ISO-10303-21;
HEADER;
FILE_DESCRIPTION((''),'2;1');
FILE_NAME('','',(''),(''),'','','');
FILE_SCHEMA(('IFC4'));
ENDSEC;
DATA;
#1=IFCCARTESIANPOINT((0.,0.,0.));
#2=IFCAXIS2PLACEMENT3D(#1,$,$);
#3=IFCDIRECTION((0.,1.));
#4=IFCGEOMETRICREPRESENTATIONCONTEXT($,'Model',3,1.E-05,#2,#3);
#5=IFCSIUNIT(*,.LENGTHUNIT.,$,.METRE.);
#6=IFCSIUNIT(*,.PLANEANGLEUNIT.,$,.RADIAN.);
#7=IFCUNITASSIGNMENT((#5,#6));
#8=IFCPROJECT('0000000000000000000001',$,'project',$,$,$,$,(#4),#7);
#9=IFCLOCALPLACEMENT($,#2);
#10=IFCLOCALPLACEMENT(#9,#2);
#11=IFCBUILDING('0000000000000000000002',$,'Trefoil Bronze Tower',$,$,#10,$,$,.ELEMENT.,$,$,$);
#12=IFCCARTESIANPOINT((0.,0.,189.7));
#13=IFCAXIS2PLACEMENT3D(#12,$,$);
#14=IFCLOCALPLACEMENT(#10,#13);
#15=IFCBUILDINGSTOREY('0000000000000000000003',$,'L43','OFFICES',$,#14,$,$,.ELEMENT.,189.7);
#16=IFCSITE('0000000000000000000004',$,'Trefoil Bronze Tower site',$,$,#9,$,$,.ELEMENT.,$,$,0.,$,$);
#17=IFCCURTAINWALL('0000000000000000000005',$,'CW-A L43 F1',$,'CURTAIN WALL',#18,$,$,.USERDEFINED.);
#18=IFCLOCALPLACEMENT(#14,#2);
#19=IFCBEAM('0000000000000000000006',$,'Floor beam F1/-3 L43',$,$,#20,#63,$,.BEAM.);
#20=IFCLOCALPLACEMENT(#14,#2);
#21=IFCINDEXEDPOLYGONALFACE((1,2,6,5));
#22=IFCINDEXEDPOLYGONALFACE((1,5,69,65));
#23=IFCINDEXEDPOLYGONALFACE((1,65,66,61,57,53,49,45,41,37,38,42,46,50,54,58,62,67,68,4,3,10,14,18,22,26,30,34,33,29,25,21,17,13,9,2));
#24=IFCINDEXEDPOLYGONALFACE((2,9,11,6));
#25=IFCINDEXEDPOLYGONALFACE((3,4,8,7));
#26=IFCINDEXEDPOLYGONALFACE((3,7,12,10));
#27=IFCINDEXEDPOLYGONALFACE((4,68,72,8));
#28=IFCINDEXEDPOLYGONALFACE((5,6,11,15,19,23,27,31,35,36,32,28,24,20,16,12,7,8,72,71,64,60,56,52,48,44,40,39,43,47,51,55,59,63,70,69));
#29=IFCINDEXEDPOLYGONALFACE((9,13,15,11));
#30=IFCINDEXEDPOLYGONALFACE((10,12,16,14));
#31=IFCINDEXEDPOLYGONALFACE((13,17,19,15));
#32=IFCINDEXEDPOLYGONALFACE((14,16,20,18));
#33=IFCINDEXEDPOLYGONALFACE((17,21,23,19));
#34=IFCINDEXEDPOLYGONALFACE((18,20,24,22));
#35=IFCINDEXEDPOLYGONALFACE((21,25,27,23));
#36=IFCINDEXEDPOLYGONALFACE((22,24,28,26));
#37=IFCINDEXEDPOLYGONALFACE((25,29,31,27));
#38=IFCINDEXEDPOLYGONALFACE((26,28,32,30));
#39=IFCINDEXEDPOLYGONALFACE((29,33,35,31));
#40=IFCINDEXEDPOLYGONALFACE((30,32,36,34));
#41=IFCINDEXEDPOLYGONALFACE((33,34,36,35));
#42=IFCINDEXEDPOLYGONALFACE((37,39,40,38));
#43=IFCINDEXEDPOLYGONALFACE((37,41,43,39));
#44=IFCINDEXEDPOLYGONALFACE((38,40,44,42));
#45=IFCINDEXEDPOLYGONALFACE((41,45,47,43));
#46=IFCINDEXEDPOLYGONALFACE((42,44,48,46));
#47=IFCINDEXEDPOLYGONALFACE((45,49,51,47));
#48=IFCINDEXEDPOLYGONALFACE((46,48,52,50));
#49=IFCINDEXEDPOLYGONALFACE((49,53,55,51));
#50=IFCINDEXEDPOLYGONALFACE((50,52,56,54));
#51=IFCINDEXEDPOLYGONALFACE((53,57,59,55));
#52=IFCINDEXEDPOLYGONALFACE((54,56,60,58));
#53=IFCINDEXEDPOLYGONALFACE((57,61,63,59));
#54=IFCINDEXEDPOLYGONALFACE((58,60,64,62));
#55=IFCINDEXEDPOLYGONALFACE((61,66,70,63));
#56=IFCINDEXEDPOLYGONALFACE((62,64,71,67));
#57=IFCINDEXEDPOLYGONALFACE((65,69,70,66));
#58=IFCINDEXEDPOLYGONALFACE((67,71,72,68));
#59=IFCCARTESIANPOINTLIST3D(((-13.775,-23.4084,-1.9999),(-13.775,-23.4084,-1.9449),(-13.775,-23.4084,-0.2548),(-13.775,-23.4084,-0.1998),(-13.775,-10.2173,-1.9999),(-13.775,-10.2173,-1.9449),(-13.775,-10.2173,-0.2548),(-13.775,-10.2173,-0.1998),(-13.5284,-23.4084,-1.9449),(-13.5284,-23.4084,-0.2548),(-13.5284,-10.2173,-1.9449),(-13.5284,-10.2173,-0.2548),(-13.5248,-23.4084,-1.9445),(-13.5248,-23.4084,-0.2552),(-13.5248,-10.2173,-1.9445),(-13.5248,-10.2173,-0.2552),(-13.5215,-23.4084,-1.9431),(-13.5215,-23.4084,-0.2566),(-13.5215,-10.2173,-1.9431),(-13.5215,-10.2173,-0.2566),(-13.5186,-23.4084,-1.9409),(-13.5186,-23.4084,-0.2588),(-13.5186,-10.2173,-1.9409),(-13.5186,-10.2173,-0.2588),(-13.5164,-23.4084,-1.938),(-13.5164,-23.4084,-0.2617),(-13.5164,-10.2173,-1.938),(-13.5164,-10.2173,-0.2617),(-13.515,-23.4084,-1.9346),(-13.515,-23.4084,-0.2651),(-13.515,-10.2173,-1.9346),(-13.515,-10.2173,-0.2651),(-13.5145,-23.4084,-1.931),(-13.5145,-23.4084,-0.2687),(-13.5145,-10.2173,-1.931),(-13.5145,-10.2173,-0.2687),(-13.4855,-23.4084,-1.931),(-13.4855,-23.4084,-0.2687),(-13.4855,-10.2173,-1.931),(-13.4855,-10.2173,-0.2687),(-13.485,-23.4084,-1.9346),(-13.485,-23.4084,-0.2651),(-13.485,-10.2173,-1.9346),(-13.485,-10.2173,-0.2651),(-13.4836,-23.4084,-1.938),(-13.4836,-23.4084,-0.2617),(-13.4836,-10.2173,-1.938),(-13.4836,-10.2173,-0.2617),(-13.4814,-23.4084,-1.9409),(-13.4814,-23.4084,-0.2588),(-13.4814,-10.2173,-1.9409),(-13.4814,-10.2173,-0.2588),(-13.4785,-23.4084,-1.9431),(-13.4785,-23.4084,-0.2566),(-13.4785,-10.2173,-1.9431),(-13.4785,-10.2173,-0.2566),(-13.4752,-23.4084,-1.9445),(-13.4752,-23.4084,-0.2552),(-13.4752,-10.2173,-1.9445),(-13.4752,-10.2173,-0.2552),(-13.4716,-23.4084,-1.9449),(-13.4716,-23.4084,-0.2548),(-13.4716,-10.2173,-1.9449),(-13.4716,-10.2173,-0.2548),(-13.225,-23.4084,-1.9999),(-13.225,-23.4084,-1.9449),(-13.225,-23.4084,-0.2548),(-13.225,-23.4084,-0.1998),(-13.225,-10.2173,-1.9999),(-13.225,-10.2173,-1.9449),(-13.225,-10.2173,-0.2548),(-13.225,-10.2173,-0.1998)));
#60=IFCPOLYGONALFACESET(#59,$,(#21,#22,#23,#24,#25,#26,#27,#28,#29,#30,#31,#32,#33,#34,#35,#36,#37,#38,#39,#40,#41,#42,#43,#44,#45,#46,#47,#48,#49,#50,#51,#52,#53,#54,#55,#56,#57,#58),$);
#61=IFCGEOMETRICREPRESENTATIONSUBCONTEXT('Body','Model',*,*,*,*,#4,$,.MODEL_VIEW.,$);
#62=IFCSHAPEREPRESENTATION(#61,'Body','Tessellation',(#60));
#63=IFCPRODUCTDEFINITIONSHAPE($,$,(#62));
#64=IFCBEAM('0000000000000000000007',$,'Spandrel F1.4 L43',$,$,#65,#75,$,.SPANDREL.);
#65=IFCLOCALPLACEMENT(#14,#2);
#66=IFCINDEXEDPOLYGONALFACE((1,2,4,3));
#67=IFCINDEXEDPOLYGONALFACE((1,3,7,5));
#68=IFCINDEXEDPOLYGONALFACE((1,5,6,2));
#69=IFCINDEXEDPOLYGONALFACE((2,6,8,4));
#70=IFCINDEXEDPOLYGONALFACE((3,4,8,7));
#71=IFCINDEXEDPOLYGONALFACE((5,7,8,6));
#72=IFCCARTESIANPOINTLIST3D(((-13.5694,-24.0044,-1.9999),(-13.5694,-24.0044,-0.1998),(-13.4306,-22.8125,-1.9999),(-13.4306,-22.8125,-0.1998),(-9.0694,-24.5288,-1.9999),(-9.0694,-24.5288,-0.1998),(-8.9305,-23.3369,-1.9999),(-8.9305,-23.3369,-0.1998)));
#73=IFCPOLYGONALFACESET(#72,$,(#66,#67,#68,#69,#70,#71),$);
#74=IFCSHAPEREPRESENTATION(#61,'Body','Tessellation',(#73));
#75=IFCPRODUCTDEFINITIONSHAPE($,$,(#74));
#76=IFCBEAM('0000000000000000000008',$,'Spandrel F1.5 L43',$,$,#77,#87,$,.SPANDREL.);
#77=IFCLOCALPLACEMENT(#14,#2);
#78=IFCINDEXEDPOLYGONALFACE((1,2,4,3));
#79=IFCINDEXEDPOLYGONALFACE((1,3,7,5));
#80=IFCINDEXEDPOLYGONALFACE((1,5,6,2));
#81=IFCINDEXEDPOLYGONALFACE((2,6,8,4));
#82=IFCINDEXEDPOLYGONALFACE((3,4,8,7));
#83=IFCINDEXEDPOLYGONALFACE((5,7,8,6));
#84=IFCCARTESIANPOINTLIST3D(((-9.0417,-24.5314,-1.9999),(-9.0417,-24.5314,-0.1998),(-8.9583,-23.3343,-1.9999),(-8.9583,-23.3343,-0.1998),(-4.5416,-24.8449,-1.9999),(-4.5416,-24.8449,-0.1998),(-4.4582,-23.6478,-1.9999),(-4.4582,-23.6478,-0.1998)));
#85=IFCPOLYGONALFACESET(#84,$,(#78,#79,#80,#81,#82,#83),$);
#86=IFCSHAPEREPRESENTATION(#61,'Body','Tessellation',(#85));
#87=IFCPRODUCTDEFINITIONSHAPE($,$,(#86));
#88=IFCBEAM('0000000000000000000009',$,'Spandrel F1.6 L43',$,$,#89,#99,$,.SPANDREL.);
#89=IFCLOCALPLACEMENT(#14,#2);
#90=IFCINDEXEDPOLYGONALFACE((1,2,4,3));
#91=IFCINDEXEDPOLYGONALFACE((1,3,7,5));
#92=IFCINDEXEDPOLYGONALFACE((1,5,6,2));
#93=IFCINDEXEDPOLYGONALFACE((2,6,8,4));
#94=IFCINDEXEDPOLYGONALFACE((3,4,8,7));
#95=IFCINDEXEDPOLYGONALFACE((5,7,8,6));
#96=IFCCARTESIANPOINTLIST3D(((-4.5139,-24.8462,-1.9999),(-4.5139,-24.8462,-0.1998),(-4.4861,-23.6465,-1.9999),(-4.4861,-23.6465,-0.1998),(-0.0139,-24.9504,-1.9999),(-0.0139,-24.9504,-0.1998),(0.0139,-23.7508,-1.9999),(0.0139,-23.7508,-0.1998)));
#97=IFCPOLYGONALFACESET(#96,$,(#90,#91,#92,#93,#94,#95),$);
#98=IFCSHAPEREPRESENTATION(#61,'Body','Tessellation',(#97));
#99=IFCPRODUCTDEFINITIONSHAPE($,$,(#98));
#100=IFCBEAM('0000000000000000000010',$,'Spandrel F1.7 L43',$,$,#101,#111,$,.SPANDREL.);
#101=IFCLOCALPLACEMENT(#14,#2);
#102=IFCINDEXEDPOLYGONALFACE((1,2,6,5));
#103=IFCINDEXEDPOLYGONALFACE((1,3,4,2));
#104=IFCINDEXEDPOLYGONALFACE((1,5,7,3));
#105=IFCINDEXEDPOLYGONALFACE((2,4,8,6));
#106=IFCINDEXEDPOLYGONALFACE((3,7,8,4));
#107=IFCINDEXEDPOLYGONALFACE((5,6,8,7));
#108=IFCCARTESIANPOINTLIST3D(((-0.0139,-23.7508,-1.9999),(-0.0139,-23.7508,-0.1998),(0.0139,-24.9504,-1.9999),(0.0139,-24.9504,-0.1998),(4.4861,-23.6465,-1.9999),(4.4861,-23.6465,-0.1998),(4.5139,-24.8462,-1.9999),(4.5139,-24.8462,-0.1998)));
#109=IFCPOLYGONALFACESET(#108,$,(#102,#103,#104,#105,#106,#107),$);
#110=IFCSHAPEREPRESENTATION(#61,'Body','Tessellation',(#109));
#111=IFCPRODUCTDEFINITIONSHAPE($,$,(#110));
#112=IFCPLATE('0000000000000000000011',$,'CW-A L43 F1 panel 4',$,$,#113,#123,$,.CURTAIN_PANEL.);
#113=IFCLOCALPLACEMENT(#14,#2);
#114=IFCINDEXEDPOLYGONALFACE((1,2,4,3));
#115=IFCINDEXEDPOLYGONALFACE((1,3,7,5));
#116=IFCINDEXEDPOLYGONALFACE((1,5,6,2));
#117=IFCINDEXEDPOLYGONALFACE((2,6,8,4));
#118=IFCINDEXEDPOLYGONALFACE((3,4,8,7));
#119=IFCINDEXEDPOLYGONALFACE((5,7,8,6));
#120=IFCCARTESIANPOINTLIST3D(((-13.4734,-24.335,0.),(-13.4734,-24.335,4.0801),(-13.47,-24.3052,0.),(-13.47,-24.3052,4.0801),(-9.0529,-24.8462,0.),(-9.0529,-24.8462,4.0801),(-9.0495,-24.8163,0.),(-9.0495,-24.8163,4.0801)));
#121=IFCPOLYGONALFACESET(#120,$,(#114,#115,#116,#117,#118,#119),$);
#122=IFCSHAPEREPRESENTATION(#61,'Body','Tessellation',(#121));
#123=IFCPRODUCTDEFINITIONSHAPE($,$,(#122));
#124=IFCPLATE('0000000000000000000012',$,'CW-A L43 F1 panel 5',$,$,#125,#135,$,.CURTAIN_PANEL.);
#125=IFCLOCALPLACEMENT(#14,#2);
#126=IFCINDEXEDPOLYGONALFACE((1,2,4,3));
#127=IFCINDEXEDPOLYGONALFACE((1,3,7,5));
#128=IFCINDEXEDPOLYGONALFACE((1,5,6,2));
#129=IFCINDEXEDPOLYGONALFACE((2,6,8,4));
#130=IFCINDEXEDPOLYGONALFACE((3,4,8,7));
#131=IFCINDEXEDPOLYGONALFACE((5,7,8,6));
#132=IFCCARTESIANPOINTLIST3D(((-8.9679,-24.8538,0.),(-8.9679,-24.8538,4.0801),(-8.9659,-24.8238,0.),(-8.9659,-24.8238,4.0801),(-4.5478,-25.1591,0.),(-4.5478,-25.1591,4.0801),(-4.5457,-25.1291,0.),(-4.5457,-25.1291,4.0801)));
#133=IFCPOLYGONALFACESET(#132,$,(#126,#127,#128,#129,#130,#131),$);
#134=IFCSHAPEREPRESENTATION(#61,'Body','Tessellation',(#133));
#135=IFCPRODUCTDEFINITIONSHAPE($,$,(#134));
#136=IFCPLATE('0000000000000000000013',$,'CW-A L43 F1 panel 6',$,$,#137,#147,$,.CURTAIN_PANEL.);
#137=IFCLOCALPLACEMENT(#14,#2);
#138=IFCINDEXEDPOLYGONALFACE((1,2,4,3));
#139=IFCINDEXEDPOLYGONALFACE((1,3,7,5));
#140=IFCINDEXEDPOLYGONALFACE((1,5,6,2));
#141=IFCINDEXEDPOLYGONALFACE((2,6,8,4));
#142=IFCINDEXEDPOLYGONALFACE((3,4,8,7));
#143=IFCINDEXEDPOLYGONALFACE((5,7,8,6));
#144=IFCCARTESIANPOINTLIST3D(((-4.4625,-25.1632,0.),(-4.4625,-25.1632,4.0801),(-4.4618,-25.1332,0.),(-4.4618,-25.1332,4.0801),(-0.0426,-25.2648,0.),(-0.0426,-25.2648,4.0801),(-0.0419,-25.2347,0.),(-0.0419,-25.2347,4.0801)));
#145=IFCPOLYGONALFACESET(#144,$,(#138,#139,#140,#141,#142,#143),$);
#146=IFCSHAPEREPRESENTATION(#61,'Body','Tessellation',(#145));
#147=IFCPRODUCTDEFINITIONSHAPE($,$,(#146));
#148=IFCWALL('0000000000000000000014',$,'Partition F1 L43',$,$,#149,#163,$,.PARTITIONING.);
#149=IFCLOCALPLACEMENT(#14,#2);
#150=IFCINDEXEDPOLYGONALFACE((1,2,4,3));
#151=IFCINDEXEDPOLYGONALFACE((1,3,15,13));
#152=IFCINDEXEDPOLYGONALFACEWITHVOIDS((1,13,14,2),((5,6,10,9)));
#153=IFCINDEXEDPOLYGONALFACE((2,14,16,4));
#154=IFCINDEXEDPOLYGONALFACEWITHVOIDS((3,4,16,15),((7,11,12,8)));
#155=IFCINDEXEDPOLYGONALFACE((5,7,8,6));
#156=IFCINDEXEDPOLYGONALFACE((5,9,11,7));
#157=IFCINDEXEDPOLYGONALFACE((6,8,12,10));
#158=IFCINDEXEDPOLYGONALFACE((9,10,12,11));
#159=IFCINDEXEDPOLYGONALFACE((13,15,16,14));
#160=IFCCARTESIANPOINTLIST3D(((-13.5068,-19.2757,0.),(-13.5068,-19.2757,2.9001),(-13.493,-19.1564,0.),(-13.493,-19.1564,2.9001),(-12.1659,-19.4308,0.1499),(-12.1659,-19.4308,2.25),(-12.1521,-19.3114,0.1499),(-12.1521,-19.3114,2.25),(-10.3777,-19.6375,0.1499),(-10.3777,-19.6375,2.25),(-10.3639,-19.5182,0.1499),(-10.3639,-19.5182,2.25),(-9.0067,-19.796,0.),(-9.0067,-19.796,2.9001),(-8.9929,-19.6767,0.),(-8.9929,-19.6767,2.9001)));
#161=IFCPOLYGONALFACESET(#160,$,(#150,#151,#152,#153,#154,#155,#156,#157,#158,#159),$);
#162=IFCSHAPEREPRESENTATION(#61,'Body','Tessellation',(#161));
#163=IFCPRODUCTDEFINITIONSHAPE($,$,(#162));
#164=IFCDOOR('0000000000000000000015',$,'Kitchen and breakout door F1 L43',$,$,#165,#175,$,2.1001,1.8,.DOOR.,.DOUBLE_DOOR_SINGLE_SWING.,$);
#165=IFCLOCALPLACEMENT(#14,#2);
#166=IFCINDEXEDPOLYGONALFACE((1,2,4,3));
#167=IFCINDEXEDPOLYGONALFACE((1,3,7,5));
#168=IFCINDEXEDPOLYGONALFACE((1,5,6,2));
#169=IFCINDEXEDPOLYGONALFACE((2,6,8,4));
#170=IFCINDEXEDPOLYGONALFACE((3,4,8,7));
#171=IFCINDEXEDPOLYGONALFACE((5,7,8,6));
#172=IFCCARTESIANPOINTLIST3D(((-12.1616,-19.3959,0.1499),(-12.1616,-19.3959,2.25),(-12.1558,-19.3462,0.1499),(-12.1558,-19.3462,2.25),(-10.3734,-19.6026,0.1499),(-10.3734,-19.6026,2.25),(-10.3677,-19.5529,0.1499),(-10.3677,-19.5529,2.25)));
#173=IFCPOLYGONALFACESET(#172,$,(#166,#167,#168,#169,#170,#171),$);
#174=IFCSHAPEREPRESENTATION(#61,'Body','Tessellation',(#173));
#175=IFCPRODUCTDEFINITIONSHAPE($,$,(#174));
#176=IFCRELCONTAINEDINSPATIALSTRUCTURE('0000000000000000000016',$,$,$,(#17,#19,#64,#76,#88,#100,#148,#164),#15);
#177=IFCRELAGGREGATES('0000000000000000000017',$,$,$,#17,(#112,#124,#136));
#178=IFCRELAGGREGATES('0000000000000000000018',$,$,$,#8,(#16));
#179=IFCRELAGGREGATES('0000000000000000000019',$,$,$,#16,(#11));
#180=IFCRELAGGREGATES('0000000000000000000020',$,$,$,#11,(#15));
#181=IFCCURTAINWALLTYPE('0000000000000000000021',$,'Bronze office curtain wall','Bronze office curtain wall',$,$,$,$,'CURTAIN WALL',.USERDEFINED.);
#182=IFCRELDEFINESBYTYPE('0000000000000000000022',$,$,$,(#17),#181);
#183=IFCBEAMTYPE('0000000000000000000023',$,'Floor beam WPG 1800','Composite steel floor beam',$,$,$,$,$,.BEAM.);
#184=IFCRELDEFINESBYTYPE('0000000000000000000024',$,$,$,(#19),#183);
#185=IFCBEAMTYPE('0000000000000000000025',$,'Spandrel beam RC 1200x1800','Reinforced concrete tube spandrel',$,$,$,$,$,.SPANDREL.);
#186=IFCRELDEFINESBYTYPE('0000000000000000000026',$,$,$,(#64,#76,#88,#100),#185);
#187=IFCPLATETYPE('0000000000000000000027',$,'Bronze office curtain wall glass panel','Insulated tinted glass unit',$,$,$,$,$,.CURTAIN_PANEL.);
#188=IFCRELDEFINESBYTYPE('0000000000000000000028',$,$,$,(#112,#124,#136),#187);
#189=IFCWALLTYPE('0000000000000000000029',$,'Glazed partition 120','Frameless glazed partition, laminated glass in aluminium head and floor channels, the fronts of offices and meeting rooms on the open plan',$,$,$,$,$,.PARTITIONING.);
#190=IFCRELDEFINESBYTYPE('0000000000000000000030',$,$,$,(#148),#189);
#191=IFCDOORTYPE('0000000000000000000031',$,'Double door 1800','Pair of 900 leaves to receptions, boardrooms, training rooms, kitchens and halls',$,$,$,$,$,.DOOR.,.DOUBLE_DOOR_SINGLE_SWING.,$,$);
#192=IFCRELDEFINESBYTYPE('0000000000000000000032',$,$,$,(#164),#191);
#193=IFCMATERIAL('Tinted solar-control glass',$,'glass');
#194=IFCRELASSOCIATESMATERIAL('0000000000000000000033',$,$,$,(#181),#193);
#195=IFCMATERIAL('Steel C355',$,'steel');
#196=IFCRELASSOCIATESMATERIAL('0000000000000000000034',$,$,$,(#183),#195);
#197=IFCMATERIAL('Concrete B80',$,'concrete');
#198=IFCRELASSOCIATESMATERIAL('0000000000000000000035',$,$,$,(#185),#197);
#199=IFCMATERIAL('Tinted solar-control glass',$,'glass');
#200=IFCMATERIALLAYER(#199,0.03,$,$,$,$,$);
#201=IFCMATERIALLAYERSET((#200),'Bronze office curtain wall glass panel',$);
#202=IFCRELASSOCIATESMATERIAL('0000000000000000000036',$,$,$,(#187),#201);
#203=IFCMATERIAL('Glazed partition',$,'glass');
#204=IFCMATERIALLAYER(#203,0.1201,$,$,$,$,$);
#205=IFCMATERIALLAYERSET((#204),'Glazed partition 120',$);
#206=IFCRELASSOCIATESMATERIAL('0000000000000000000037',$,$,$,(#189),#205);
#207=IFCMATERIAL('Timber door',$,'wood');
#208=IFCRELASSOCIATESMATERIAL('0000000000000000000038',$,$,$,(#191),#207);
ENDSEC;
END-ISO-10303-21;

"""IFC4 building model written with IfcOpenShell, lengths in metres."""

from ifc_helpers import new_model, si_unit, direction, frame, frame_2d, origin, origin_2d, place, context, subcontext, project, spatial, rectangle, i_section, extrude, material, layer, layer_set, material_profile, profile_set, type_object, element, fill, aggregate, save


model = new_model("IFC4")

# Units and contexts
model_context = context("Model", 3, precision=1e-05, world=origin(), true_north=direction((0.0, 1.0)))
body_context = subcontext(model_context, "Body", "Model", "MODEL_VIEW")
ifc_project = project(units=[si_unit("LENGTHUNIT", "METRE"), si_unit("PLANEANGLEUNIT", "RADIAN")], contexts=[model_context])

# Site, building, storey
site_placement = place(None, origin())
site = spatial("IfcSite", under=ifc_project, at=site_placement, Name="Trefoil Bronze Tower site", CompositionType="ELEMENT", RefElevation=0.0)
building_placement = place(site_placement, origin())
building = spatial("IfcBuilding", under=site, at=building_placement, Name="Trefoil Bronze Tower", CompositionType="ELEMENT")
storey_placement = place(building_placement, frame((0.0, 0.0, 189.7)))
storey = spatial("IfcBuildingStorey", under=building, at=storey_placement, Name="L43", Description="OFFICES", CompositionType="ELEMENT", Elevation=189.7)

# Curtain wall
ifc_material_1 = material(Name="Tinted solar-control glass", Category="glass")
curtain_wall_type = type_object("IfcCurtainWallType", Name="Bronze office curtain wall", Description="Bronze office curtain wall", ElementType="CURTAIN WALL", PredefinedType="USERDEFINED", material=ifc_material_1)
curtain_wall_placement = place(storey_placement, origin())
curtain_wall = element("IfcCurtainWall", 1, at=curtain_wall_placement, inside=storey, type_object=curtain_wall_type, Name="CW-A L43 F1", ObjectType="CURTAIN WALL", PredefinedType="USERDEFINED")

# Beams
ifc_material_2 = material(Name="Steel C355", Category="steel")
ifc_material_profile_1 = material_profile(ifc_material_2, i_section(OverallWidth=0.55, OverallDepth=1.8, WebThickness=0.0291, FlangeThickness=0.0549, FilletRadius=0.0139, at=origin_2d()), Name="WPG 1800")
ifc_profile_set_1 = profile_set([ifc_material_profile_1], Name="Steel C355")
beam_type_1 = type_object("IfcBeamType", Name="Floor beam WPG 1800", Description="Composite steel floor beam", PredefinedType="BEAM", material=ifc_profile_set_1)
beam_1_placement = place(storey_placement, frame((-13.5, -23.4084, -1.0999), z_axis=(0.0, 1.0, 0.0), x_axis=(-1.0, 0.0, 0.0)))
element("IfcBeam", 2, at=beam_1_placement, inside=storey, type_object=beam_type_1, Name="Floor beam F1/-3 L43", PredefinedType="BEAM", context=body_context, shape_type="SweptSolid", body=[
    extrude(i_section(OverallWidth=0.55, OverallDepth=1.8, WebThickness=0.0291, FlangeThickness=0.0549, FilletRadius=0.0139, at=origin_2d()), origin(), (0.0, 0.0, 1.0), 13.1912),
])
ifc_material_3 = material(Name="Concrete B80", Category="concrete")
ifc_material_profile_2 = material_profile(ifc_material_3, rectangle(XDim=1.2, YDim=1.8, at=origin_2d()), Name="RC 1200x1800")
ifc_profile_set_2 = profile_set([ifc_material_profile_2], Name="Concrete B80")
beam_type_2 = type_object("IfcBeamType", Name="Spandrel beam RC 1200x1800", Description="Reinforced concrete tube spandrel", PredefinedType="SPANDREL", material=ifc_profile_set_2)
beam_2_placement = place(storey_placement, frame((-13.5, -23.4084, -1.0999), z_axis=(0.993278, -0.115753, 0.0), x_axis=(0.115753, 0.993278, 0.0)))
element("IfcBeam", 3, at=beam_2_placement, inside=storey, type_object=beam_type_2, Name="Spandrel F1.4 L43", PredefinedType="SPANDREL", context=body_context, shape_type="SweptSolid", body=[
    extrude(rectangle(XDim=1.2, YDim=1.8, at=origin_2d()), origin(), (0.0, 0.0, 1.0), 4.5305),
])
beam_3_placement = place(storey_placement, frame((-9.0, -23.9329, -1.0999), z_axis=(0.997582, -0.069493, 0.0), x_axis=(0.069493, 0.997582, 0.0)))
element("IfcBeam", 4, at=beam_3_placement, inside=storey, type_object=beam_type_2, Name="Spandrel F1.5 L43", PredefinedType="SPANDREL", context=body_context, shape_type="SweptSolid", body=[
    extrude(rectangle(XDim=1.2, YDim=1.8, at=origin_2d()), origin(), (0.0, 0.0, 1.0), 4.511),
])
for number, where, z_axis, x_axis, name in (
    (5, (-4.5, -24.2463, -1.0999), (0.999732, -0.02316, 0.0), (0.02316, 0.999732, 0.0), "Spandrel F1.6 L43"),
    (6, (0.0, -24.3506, -1.0999), (0.999732, 0.02316, 0.0), (-0.02316, 0.999732, 0.0), "Spandrel F1.7 L43"),
):
    element("IfcBeam", number, at=place(storey_placement, frame(where, z_axis=z_axis, x_axis=x_axis)), inside=storey, type_object=beam_type_2, Name=name, PredefinedType="SPANDREL", context=body_context, shape_type="SweptSolid", body=[
        extrude(rectangle(XDim=1.2, YDim=1.8, at=origin_2d()), origin(), (0.0, 0.0, 1.0), 4.5012),
    ])

# Plates
ifc_material_4 = material(Name="Tinted solar-control glass", Category="glass")
ifc_layer_1 = layer(ifc_material_4, 0.03)
ifc_layer_set_1 = layer_set([ifc_layer_1], Name="Bronze office curtain wall glass panel")
plate_type = type_object("IfcPlateType", Name="Bronze office curtain wall glass panel", Description="Insulated tinted glass unit", PredefinedType="CURTAIN_PANEL", material=ifc_layer_set_1)
plate_1_placement = place(storey_placement, frame((-11.2615, -24.5757, 0.0), z_axis=(0.0, 0.0, 1.0), x_axis=(0.993382, -0.114859, 0.0)))
plate_1 = element("IfcPlate", 7, at=plate_1_placement, type_object=plate_type, Name="CW-A L43 F1 panel 4", PredefinedType="CURTAIN_PANEL", context=body_context, shape_type="SweptSolid", body=[
    extrude(rectangle(XDim=4.45, YDim=0.03, at=origin_2d()), origin(), (0.0, 0.0, 1.0), 4.0801),
])
plate_2_placement = place(storey_placement, frame((-6.7568, -24.9915, 0.0), z_axis=(0.0, 0.0, 1.0), x_axis=(0.997623, -0.068915, 0.0)))
plate_2 = element("IfcPlate", 8, at=plate_2_placement, type_object=plate_type, Name="CW-A L43 F1 panel 5", PredefinedType="CURTAIN_PANEL", context=body_context, shape_type="SweptSolid", body=[
    extrude(rectangle(XDim=4.4307, YDim=0.03, at=origin_2d()), origin(), (0.0, 0.0, 1.0), 4.0801),
])
plate_3_placement = place(storey_placement, frame((-2.2522, -25.199, 0.0), z_axis=(0.0, 0.0, 1.0), x_axis=(0.999736, -0.022972, 0.0)))
plate_3 = element("IfcPlate", 9, at=plate_3_placement, type_object=plate_type, Name="CW-A L43 F1 panel 6", PredefinedType="CURTAIN_PANEL", context=body_context, shape_type="SweptSolid", body=[
    extrude(rectangle(XDim=4.4211, YDim=0.03, at=origin_2d()), origin(), (0.0, 0.0, 1.0), 4.0801),
])
aggregate(curtain_wall, [plate_1, plate_2, plate_3])

# Wall, opening, door
ifc_material_5 = material(Name="Glazed partition", Category="glass")
ifc_layer_2 = layer(ifc_material_5, 0.1201)
ifc_layer_set_2 = layer_set([ifc_layer_2], Name="Glazed partition 120")
wall_type = type_object("IfcWallType", Name="Glazed partition 120", Description="Frameless glazed partition, laminated glass in aluminium head and floor channels, the fronts of offices and meeting rooms on the open plan", PredefinedType="PARTITIONING", material=ifc_layer_set_2)
wall_1_placement = place(storey_placement, frame((-13.5, -19.2161, 0.0), z_axis=(0.0, 0.0, 1.0), x_axis=(0.993383, -0.114849, 0.0)))
wall_1 = element("IfcWall", 10, at=wall_1_placement, inside=storey, type_object=wall_type, Name="Partition F1 L43", PredefinedType="PARTITIONING", context=body_context, shape_type="SweptSolid", body=[
    extrude(rectangle(XDim=4.53, YDim=0.1201, at=frame_2d((2.2651, 0.0))), origin(), (0.0, 0.0, 1.0), 2.9001),
])
opening_1_placement = place(wall_1_placement, frame((1.3501, 0.0, 0.1499)))
opening_1 = element("IfcOpeningElement", 11, at=opening_1_placement, cuts=wall_1, PredefinedType="OPENING", context=body_context, shape_type="SweptSolid", body=[
    extrude(rectangle(XDim=1.8, YDim=2.1001, at=frame_2d((0.8999, 1.05))), frame((0.0, 0.0701, 0.0), z_axis=(0.0, -1.0, 0.0), x_axis=(1.0, 0.0, 0.0)), (0.0, 0.0, 1.0), 0.1401),
])
ifc_material_6 = material(Name="Timber door", Category="wood")
door_type_1 = type_object("IfcDoorType", Name="Double door 1800", Description="Pair of 900 leaves to receptions, boardrooms, training rooms, kitchens and halls", OperationType="DOUBLE_DOOR_SINGLE_SWING", PredefinedType="DOOR", material=ifc_material_6)
door_1_placement = place(opening_1_placement, frame((1.8, 0.0, 0.0), z_axis=(0.0, 0.0, 1.0), x_axis=(-1.0, 0.0, 0.0)))
door_1 = element("IfcDoor", 12, at=door_1_placement, inside=storey, type_object=door_type_1, Name="Kitchen and breakout door F1 L43", OperationType="DOUBLE_DOOR_SINGLE_SWING", OverallHeight=2.1001, OverallWidth=1.8, PredefinedType="DOOR", context=body_context, shape_type="SweptSolid", body=[
    extrude(rectangle(XDim=1.8, YDim=2.1001, at=frame_2d((0.8999, 1.05))), frame((0.0, 0.0249, 0.0), z_axis=(0.0, -1.0, 0.0), x_axis=(1.0, 0.0, 0.0)), (0.0, 0.0, 1.0), 0.05),
])
fill(opening_1, door_1)

save(model, "model.ifc")
